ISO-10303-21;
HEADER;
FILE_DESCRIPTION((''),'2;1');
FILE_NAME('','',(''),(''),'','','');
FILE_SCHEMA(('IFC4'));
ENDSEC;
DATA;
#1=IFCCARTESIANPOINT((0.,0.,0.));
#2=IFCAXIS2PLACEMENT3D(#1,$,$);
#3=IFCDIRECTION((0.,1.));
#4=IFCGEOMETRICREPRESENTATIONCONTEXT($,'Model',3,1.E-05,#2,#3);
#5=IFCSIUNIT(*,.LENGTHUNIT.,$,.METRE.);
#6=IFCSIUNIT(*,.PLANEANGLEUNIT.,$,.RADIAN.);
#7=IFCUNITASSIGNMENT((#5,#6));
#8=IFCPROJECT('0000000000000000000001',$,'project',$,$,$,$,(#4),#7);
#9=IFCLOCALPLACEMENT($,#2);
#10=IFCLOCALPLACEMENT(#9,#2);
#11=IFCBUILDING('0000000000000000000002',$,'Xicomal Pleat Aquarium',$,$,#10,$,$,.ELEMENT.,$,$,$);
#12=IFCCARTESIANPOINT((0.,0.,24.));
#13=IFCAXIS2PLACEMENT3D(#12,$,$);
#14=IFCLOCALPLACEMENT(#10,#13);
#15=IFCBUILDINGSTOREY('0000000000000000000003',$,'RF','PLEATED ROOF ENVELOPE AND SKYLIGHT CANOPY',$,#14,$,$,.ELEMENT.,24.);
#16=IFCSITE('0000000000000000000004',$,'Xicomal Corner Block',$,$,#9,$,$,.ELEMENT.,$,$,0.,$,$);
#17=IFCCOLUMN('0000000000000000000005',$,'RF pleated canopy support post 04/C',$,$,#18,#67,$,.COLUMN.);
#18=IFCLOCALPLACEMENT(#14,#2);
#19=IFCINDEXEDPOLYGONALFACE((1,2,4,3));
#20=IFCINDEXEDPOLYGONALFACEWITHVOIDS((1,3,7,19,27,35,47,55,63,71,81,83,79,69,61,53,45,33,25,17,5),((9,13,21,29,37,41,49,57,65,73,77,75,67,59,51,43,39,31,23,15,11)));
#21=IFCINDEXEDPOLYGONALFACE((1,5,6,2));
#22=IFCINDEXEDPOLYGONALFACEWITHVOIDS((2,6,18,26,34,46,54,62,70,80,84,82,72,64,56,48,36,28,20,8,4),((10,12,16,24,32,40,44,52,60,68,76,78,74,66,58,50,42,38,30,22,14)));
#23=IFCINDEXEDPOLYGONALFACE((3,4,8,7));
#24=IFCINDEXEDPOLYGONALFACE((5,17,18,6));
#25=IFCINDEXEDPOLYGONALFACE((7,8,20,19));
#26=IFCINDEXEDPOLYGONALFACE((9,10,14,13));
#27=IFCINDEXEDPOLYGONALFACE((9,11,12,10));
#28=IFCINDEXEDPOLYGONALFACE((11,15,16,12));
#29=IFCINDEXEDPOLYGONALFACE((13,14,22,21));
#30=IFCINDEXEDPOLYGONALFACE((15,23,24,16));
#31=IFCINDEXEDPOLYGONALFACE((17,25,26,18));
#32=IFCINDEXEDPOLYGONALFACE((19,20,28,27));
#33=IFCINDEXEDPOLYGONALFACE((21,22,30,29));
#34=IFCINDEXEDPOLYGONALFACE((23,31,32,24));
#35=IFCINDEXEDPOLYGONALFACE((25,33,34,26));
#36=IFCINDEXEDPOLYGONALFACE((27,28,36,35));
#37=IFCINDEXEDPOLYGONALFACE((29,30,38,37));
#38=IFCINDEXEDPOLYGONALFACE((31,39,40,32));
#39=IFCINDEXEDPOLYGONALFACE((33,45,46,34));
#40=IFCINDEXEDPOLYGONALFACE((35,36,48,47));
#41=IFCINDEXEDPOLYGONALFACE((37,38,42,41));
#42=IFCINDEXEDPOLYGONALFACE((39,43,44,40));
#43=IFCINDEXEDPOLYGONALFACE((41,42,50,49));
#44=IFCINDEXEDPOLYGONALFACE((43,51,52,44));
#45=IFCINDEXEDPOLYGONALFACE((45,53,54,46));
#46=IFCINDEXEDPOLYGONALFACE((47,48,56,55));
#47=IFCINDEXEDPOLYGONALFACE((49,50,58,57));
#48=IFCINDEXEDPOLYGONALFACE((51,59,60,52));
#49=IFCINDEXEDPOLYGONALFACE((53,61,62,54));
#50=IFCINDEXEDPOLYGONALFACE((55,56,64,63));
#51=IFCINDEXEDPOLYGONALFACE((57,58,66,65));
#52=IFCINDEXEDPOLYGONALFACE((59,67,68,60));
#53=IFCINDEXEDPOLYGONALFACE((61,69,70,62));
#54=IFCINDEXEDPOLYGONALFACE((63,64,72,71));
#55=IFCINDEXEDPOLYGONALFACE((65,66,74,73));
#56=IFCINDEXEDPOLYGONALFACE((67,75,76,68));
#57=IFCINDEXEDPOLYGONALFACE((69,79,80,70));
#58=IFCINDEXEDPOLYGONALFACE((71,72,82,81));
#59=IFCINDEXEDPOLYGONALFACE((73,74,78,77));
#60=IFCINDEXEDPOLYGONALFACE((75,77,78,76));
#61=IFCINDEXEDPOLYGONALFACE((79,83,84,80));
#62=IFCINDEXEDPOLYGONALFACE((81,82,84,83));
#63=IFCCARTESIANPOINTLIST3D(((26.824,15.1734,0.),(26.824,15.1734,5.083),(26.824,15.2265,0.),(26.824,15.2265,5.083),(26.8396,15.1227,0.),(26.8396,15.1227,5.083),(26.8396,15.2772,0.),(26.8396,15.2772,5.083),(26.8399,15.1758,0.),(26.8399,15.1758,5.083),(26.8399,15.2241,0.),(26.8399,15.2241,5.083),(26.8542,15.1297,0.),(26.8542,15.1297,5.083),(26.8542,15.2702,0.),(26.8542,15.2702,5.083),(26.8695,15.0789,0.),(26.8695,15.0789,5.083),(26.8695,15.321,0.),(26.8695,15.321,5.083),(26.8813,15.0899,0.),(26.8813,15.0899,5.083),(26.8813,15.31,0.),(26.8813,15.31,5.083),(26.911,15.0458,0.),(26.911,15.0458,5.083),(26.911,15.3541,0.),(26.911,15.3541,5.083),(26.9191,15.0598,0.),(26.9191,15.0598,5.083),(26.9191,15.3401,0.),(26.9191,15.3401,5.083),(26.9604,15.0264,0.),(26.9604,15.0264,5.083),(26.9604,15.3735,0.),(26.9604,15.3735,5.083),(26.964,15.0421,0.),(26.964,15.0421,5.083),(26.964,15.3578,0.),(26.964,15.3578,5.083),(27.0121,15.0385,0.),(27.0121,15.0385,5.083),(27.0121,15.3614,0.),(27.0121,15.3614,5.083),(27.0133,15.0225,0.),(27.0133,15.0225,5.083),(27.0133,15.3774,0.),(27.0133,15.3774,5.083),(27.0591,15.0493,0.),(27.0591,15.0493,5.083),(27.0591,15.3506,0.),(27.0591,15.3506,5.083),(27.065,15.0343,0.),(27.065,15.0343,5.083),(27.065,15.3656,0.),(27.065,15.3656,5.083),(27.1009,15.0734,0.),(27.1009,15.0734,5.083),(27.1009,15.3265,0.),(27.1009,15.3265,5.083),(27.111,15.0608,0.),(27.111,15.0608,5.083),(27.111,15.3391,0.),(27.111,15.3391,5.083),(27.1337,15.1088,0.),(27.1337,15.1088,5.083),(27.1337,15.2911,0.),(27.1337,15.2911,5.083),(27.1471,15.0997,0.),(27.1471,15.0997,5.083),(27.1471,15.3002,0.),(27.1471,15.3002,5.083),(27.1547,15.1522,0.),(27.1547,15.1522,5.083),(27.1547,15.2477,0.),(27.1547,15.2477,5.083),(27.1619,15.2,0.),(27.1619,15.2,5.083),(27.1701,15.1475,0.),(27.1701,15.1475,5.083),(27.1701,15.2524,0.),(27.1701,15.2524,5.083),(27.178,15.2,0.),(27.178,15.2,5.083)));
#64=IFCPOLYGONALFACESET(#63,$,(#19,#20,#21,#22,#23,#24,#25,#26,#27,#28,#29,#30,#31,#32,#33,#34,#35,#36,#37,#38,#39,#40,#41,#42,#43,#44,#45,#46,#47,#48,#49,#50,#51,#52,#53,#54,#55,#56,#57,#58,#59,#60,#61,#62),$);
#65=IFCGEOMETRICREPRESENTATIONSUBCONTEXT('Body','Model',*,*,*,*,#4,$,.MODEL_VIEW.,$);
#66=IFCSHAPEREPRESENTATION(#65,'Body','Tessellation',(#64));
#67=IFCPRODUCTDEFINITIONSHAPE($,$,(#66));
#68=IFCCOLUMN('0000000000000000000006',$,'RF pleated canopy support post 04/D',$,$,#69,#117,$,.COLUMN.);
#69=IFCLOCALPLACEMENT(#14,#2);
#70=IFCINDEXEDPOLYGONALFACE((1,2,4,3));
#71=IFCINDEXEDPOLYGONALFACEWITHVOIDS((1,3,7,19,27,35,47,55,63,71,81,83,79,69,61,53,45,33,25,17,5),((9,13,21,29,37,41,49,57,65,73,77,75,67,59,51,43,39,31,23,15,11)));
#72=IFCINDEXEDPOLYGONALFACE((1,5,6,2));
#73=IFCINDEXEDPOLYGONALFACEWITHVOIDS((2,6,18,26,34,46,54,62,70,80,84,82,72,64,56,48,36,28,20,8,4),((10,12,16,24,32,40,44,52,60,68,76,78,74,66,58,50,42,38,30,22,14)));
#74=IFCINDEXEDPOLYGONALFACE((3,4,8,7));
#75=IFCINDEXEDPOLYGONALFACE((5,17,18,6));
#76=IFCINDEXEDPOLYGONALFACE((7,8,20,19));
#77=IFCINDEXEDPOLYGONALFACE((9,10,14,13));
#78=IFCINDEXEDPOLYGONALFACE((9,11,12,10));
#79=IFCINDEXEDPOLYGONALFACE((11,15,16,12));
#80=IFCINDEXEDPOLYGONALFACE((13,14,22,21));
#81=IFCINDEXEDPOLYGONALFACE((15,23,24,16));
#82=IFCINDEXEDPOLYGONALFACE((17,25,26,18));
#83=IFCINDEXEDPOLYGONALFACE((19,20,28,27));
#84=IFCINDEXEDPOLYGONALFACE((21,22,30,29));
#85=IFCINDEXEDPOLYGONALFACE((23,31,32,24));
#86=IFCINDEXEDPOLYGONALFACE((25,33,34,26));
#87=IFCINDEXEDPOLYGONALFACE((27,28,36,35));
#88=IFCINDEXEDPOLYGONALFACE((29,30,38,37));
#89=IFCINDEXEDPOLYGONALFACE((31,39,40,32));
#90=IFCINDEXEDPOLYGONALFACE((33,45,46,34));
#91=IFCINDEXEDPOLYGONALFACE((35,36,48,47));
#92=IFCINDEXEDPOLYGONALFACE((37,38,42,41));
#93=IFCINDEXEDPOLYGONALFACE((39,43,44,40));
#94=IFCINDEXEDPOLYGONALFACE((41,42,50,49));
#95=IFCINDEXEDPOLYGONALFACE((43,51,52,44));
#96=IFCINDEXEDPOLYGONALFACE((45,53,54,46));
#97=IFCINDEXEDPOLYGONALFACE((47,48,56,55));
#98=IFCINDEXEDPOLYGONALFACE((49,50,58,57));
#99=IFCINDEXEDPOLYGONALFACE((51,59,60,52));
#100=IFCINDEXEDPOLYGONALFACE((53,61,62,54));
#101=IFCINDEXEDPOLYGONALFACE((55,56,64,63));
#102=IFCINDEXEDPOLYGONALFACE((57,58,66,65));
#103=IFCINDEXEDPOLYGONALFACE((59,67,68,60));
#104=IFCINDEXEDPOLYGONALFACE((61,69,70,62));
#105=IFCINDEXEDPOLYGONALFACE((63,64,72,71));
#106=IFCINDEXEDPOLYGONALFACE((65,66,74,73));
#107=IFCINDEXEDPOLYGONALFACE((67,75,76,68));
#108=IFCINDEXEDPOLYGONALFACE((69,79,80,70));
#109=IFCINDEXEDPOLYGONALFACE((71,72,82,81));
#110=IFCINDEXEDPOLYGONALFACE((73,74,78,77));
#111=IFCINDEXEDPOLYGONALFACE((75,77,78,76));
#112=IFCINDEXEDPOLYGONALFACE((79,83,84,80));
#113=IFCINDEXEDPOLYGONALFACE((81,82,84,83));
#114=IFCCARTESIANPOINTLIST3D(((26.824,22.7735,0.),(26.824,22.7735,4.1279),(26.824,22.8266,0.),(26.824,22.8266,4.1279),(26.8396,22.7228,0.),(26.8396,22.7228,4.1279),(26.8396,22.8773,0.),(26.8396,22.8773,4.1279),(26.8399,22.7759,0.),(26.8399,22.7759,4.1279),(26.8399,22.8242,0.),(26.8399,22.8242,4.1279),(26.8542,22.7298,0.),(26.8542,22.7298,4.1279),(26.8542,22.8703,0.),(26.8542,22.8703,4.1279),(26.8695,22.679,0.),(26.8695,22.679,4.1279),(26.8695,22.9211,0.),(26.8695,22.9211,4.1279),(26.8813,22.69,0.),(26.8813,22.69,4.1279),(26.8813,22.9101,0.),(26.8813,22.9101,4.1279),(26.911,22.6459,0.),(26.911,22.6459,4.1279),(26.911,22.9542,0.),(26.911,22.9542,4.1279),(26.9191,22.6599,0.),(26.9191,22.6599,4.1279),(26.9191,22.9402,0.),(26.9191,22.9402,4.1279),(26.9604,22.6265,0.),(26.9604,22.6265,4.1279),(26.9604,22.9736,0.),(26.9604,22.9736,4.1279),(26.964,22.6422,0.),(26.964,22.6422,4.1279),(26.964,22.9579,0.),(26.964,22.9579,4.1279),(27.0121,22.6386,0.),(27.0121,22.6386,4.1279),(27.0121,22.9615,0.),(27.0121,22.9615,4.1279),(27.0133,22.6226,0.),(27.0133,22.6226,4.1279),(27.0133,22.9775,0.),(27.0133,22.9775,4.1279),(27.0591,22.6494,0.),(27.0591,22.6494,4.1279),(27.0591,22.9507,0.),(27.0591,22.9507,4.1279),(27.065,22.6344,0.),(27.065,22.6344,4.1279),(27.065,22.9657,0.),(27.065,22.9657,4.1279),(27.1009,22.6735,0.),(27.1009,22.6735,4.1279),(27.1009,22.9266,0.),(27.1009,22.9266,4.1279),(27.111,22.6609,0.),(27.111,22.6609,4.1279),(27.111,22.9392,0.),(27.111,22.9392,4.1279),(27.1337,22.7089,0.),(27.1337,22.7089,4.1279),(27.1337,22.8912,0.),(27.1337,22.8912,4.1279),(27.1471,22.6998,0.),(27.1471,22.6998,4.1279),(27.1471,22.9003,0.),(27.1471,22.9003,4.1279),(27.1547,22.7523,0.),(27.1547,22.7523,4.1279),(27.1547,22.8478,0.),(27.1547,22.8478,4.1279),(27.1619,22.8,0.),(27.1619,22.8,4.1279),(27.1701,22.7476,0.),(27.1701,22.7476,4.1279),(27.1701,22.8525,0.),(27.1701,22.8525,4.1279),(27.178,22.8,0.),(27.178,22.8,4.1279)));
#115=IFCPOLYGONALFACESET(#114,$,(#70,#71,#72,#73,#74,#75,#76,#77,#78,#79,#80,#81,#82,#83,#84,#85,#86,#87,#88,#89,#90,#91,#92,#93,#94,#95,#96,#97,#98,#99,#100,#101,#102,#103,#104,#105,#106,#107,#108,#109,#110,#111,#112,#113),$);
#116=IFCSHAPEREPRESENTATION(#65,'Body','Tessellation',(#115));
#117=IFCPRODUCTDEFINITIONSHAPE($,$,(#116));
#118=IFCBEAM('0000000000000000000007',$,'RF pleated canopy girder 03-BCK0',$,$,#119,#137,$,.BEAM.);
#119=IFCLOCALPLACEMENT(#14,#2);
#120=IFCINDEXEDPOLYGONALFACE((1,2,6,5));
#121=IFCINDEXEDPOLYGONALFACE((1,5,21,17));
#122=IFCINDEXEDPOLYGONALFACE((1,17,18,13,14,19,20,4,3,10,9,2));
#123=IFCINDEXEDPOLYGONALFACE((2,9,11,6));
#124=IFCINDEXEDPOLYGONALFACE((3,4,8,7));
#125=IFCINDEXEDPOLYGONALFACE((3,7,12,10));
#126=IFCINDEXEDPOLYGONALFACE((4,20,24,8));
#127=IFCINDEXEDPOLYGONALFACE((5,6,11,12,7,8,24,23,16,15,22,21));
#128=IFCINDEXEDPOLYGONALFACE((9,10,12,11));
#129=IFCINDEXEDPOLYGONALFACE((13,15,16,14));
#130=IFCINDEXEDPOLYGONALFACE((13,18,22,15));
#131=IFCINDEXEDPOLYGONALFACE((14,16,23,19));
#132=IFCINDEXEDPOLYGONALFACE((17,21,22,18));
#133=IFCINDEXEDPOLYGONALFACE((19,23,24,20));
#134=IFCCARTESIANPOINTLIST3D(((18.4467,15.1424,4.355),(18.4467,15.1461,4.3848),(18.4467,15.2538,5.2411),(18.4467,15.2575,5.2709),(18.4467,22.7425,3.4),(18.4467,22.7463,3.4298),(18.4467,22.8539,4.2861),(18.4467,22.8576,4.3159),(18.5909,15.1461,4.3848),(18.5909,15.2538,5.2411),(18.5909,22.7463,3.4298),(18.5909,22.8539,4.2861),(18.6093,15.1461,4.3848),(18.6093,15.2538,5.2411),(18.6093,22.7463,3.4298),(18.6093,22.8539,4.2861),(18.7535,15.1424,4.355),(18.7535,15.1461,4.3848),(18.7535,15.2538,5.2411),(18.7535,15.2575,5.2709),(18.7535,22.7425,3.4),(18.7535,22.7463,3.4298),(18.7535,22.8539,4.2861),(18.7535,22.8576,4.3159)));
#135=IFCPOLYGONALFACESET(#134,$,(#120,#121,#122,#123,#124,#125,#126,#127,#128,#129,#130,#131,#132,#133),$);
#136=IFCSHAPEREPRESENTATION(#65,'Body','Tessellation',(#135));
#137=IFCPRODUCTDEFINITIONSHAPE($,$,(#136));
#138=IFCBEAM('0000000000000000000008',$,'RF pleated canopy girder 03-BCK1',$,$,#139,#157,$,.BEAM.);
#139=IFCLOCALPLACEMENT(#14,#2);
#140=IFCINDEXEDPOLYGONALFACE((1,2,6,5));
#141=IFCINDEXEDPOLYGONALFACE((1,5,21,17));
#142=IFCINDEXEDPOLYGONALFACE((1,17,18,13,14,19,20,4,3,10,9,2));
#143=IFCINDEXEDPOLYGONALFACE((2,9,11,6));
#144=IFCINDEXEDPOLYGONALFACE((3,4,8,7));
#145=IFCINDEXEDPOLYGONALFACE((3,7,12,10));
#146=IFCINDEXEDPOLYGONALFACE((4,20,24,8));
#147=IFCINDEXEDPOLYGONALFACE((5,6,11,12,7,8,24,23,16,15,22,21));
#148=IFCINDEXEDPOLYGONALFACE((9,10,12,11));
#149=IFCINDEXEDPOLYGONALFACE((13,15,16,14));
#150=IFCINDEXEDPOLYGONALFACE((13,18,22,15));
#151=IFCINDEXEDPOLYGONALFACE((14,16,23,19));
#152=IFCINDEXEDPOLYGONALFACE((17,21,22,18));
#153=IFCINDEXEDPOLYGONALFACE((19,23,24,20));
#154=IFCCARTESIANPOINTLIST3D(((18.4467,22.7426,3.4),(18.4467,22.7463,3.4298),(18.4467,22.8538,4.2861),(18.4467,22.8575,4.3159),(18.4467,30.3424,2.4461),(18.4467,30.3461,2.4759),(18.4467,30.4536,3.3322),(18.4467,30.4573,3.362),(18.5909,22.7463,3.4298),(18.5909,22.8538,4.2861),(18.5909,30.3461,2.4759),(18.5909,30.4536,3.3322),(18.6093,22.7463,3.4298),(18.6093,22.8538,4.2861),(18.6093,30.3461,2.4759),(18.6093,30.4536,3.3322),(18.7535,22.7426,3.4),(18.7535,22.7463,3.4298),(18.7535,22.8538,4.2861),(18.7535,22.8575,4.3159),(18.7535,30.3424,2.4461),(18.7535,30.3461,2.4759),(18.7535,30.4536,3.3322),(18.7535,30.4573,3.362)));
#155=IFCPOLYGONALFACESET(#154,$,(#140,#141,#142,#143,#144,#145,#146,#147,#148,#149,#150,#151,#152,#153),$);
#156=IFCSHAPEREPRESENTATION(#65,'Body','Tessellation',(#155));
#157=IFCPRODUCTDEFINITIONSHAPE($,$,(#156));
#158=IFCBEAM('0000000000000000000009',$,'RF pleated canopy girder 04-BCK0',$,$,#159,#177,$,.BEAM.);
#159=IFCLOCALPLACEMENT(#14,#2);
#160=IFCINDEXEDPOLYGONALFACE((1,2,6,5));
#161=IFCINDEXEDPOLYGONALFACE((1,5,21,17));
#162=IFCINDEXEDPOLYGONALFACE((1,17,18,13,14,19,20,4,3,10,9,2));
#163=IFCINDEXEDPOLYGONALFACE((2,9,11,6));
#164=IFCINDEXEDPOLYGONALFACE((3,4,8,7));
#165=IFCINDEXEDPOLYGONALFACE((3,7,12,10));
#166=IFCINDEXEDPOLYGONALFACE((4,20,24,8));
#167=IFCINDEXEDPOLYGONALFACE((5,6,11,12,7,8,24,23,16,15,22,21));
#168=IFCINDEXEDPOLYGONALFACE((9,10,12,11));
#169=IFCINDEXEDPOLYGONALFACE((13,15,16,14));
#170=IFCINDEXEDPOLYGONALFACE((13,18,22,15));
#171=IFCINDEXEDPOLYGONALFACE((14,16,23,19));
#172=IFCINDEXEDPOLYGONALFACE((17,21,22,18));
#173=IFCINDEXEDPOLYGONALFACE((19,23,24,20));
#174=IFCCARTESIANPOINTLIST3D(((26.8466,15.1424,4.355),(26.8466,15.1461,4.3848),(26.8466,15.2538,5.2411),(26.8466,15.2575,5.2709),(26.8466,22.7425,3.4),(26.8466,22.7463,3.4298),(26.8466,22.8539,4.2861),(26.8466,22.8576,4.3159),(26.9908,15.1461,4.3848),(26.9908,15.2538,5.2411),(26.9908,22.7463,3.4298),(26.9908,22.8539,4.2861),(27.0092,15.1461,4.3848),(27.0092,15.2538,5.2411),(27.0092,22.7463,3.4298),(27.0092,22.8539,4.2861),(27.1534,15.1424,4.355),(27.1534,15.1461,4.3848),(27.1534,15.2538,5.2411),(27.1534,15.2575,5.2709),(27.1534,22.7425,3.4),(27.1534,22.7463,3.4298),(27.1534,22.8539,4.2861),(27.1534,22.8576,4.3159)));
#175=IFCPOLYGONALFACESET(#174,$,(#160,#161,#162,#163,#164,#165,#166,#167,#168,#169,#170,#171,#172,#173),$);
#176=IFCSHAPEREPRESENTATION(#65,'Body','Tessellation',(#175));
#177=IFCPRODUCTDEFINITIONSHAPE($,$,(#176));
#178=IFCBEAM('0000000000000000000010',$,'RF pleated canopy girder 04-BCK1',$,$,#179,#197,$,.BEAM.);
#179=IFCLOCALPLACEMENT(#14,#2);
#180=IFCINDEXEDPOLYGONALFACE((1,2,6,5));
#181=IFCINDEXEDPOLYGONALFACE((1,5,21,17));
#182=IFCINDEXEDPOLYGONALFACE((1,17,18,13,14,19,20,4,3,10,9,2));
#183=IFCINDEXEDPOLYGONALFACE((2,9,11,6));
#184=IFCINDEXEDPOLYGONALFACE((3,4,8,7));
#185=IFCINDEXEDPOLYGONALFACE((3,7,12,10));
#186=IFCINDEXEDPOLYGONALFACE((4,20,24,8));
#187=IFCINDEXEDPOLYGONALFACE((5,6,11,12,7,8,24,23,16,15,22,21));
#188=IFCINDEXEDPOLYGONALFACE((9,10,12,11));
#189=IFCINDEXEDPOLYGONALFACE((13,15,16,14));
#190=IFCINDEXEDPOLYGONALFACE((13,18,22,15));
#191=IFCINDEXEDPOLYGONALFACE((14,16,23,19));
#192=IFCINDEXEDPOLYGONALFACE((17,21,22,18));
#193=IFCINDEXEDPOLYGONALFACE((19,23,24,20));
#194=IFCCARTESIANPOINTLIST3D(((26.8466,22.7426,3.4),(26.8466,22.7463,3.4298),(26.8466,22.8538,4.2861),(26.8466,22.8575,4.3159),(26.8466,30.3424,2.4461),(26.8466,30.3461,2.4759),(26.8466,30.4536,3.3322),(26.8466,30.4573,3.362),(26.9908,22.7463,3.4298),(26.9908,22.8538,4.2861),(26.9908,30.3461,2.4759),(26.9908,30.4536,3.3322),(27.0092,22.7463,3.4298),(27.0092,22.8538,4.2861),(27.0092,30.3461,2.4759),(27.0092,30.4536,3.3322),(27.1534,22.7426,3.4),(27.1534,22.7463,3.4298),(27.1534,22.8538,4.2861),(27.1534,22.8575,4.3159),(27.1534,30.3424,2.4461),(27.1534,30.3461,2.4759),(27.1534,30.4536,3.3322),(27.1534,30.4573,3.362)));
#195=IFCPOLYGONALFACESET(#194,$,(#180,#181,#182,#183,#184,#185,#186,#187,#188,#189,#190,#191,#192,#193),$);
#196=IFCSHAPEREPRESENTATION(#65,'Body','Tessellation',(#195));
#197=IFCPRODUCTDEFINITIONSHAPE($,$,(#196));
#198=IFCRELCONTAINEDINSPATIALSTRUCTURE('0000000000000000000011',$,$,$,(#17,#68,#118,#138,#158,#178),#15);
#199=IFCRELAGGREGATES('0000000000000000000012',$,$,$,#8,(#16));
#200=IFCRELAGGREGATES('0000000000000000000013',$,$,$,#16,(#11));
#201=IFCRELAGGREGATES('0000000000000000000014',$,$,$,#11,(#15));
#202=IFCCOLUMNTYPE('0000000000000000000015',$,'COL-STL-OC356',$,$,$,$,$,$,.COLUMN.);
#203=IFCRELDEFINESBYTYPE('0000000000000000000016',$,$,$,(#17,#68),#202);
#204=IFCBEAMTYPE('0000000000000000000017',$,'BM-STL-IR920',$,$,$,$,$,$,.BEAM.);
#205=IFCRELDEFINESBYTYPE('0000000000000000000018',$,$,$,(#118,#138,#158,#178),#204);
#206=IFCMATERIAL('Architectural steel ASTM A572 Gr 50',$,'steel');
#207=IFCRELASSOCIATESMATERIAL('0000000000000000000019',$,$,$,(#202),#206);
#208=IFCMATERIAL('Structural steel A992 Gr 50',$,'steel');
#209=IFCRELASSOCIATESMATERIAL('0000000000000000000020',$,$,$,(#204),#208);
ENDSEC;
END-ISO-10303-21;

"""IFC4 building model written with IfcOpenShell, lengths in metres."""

from ifc_helpers import new_model, si_unit, direction, frame, origin, origin_2d, place, context, subcontext, project, spatial, hollow_circle, i_section, extrude, material, material_profile, profile_set, type_object, element, save


model = new_model("IFC4")

# Units and contexts
model_context = context("Model", 3, precision=1e-05, world=origin(), true_north=direction((0.0, 1.0)))
body_context = subcontext(model_context, "Body", "Model", "MODEL_VIEW")
ifc_project = project(units=[si_unit("LENGTHUNIT", "METRE"), si_unit("PLANEANGLEUNIT", "RADIAN")], contexts=[model_context])

# Site, building, storey
site_placement = place(None, origin())
site = spatial("IfcSite", under=ifc_project, at=site_placement, Name="Xicomal Corner Block", CompositionType="ELEMENT", RefElevation=0.0)
building_placement = place(site_placement, origin())
building = spatial("IfcBuilding", under=site, at=building_placement, Name="Xicomal Pleat Aquarium", CompositionType="ELEMENT")
storey_placement = place(building_placement, frame((0.0, 0.0, 24.0)))
storey = spatial("IfcBuildingStorey", under=building, at=storey_placement, Name="RF", Description="PLEATED ROOF ENVELOPE AND SKYLIGHT CANOPY", CompositionType="ELEMENT", Elevation=24.0)

# Columns
ifc_material_1 = material(Name="Architectural steel ASTM A572 Gr 50", Category="steel")
ifc_material_profile_1 = material_profile(ifc_material_1, hollow_circle(Radius=0.178, WallThickness=0.0161, at=origin_2d()), Name="OC 356x16")
ifc_profile_set_1 = profile_set([ifc_material_profile_1], Name="Architectural steel ASTM A572 Gr 50")
column_type = type_object("IfcColumnType", Name="COL-STL-OC356", PredefinedType="COLUMN", material=ifc_profile_set_1)
column_1_placement = place(storey_placement, frame((27.0, 15.2, 0.0), z_axis=(0.0, 0.0, 1.0), x_axis=(1.0, 0.0, 0.0)))
element("IfcColumn", 1, at=column_1_placement, inside=storey, type_object=column_type, Name="RF pleated canopy support post 04/C", PredefinedType="COLUMN", context=body_context, shape_type="SweptSolid", body=[
    extrude(hollow_circle(Radius=0.178, WallThickness=0.0161, at=origin_2d()), origin(), (0.0, 0.0, 1.0), 5.083),
])
column_2_placement = place(storey_placement, frame((27.0, 22.8, 0.0), z_axis=(0.0, 0.0, 1.0), x_axis=(1.0, 0.0, 0.0)))
element("IfcColumn", 2, at=column_2_placement, inside=storey, type_object=column_type, Name="RF pleated canopy support post 04/D", PredefinedType="COLUMN", context=body_context, shape_type="SweptSolid", body=[
    extrude(hollow_circle(Radius=0.178, WallThickness=0.0161, at=origin_2d()), origin(), (0.0, 0.0, 1.0), 4.1279),
])

# Beams
ifc_material_2 = material(Name="Structural steel A992 Gr 50", Category="steel")
ifc_material_profile_2 = material_profile(ifc_material_2, i_section(OverallWidth=0.3069, OverallDepth=0.9231, WebThickness=0.0183, FlangeThickness=0.03, at=origin_2d()), Name="IR 920x271")
ifc_profile_set_2 = profile_set([ifc_material_profile_2], Name="Structural steel A992 Gr 50")
beam_type = type_object("IfcBeamType", Name="BM-STL-IR920", PredefinedType="BEAM", material=ifc_profile_set_2)
beam_1_placement = place(storey_placement, frame((18.6001, 15.2, 4.813), z_axis=(0.0, 0.992196, -0.124686), x_axis=(-1.0, 0.0, 0.0)))
element("IfcBeam", 3, at=beam_1_placement, inside=storey, type_object=beam_type, Name="RF pleated canopy girder 03-BCK0", PredefinedType="BEAM", context=body_context, shape_type="SweptSolid", body=[
    extrude(i_section(OverallWidth=0.3069, OverallDepth=0.9231, WebThickness=0.0183, FlangeThickness=0.03, at=origin_2d()), origin(), (0.0, 0.0, 1.0), 7.6599),
])
beam_2_placement = place(storey_placement, frame((18.6001, 22.8, 3.8579), z_axis=(0.0, 0.992215, -0.124533), x_axis=(-1.0, 0.0, 0.0)))
element("IfcBeam", 4, at=beam_2_placement, inside=storey, type_object=beam_type, Name="RF pleated canopy girder 03-BCK1", PredefinedType="BEAM", context=body_context, shape_type="SweptSolid", body=[
    extrude(i_section(OverallWidth=0.3069, OverallDepth=0.9231, WebThickness=0.0183, FlangeThickness=0.03, at=origin_2d()), origin(), (0.0, 0.0, 1.0), 7.6594),
])
beam_3_placement = place(storey_placement, frame((27.0, 15.2, 4.813), z_axis=(0.0, 0.992196, -0.124686), x_axis=(-1.0, 0.0, 0.0)))
element("IfcBeam", 5, at=beam_3_placement, inside=storey, type_object=beam_type, Name="RF pleated canopy girder 04-BCK0", PredefinedType="BEAM", context=body_context, shape_type="SweptSolid", body=[
    extrude(i_section(OverallWidth=0.3069, OverallDepth=0.9231, WebThickness=0.0183, FlangeThickness=0.03, at=origin_2d()), origin(), (0.0, 0.0, 1.0), 7.6599),
])
beam_4_placement = place(storey_placement, frame((27.0, 22.8, 3.8579), z_axis=(0.0, 0.992215, -0.124533), x_axis=(-1.0, 0.0, 0.0)))
element("IfcBeam", 6, at=beam_4_placement, inside=storey, type_object=beam_type, Name="RF pleated canopy girder 04-BCK1", PredefinedType="BEAM", context=body_context, shape_type="SweptSolid", body=[
    extrude(i_section(OverallWidth=0.3069, OverallDepth=0.9231, WebThickness=0.0183, FlangeThickness=0.03, at=origin_2d()), origin(), (0.0, 0.0, 1.0), 7.6594),
])

save(model, "model.ifc")
